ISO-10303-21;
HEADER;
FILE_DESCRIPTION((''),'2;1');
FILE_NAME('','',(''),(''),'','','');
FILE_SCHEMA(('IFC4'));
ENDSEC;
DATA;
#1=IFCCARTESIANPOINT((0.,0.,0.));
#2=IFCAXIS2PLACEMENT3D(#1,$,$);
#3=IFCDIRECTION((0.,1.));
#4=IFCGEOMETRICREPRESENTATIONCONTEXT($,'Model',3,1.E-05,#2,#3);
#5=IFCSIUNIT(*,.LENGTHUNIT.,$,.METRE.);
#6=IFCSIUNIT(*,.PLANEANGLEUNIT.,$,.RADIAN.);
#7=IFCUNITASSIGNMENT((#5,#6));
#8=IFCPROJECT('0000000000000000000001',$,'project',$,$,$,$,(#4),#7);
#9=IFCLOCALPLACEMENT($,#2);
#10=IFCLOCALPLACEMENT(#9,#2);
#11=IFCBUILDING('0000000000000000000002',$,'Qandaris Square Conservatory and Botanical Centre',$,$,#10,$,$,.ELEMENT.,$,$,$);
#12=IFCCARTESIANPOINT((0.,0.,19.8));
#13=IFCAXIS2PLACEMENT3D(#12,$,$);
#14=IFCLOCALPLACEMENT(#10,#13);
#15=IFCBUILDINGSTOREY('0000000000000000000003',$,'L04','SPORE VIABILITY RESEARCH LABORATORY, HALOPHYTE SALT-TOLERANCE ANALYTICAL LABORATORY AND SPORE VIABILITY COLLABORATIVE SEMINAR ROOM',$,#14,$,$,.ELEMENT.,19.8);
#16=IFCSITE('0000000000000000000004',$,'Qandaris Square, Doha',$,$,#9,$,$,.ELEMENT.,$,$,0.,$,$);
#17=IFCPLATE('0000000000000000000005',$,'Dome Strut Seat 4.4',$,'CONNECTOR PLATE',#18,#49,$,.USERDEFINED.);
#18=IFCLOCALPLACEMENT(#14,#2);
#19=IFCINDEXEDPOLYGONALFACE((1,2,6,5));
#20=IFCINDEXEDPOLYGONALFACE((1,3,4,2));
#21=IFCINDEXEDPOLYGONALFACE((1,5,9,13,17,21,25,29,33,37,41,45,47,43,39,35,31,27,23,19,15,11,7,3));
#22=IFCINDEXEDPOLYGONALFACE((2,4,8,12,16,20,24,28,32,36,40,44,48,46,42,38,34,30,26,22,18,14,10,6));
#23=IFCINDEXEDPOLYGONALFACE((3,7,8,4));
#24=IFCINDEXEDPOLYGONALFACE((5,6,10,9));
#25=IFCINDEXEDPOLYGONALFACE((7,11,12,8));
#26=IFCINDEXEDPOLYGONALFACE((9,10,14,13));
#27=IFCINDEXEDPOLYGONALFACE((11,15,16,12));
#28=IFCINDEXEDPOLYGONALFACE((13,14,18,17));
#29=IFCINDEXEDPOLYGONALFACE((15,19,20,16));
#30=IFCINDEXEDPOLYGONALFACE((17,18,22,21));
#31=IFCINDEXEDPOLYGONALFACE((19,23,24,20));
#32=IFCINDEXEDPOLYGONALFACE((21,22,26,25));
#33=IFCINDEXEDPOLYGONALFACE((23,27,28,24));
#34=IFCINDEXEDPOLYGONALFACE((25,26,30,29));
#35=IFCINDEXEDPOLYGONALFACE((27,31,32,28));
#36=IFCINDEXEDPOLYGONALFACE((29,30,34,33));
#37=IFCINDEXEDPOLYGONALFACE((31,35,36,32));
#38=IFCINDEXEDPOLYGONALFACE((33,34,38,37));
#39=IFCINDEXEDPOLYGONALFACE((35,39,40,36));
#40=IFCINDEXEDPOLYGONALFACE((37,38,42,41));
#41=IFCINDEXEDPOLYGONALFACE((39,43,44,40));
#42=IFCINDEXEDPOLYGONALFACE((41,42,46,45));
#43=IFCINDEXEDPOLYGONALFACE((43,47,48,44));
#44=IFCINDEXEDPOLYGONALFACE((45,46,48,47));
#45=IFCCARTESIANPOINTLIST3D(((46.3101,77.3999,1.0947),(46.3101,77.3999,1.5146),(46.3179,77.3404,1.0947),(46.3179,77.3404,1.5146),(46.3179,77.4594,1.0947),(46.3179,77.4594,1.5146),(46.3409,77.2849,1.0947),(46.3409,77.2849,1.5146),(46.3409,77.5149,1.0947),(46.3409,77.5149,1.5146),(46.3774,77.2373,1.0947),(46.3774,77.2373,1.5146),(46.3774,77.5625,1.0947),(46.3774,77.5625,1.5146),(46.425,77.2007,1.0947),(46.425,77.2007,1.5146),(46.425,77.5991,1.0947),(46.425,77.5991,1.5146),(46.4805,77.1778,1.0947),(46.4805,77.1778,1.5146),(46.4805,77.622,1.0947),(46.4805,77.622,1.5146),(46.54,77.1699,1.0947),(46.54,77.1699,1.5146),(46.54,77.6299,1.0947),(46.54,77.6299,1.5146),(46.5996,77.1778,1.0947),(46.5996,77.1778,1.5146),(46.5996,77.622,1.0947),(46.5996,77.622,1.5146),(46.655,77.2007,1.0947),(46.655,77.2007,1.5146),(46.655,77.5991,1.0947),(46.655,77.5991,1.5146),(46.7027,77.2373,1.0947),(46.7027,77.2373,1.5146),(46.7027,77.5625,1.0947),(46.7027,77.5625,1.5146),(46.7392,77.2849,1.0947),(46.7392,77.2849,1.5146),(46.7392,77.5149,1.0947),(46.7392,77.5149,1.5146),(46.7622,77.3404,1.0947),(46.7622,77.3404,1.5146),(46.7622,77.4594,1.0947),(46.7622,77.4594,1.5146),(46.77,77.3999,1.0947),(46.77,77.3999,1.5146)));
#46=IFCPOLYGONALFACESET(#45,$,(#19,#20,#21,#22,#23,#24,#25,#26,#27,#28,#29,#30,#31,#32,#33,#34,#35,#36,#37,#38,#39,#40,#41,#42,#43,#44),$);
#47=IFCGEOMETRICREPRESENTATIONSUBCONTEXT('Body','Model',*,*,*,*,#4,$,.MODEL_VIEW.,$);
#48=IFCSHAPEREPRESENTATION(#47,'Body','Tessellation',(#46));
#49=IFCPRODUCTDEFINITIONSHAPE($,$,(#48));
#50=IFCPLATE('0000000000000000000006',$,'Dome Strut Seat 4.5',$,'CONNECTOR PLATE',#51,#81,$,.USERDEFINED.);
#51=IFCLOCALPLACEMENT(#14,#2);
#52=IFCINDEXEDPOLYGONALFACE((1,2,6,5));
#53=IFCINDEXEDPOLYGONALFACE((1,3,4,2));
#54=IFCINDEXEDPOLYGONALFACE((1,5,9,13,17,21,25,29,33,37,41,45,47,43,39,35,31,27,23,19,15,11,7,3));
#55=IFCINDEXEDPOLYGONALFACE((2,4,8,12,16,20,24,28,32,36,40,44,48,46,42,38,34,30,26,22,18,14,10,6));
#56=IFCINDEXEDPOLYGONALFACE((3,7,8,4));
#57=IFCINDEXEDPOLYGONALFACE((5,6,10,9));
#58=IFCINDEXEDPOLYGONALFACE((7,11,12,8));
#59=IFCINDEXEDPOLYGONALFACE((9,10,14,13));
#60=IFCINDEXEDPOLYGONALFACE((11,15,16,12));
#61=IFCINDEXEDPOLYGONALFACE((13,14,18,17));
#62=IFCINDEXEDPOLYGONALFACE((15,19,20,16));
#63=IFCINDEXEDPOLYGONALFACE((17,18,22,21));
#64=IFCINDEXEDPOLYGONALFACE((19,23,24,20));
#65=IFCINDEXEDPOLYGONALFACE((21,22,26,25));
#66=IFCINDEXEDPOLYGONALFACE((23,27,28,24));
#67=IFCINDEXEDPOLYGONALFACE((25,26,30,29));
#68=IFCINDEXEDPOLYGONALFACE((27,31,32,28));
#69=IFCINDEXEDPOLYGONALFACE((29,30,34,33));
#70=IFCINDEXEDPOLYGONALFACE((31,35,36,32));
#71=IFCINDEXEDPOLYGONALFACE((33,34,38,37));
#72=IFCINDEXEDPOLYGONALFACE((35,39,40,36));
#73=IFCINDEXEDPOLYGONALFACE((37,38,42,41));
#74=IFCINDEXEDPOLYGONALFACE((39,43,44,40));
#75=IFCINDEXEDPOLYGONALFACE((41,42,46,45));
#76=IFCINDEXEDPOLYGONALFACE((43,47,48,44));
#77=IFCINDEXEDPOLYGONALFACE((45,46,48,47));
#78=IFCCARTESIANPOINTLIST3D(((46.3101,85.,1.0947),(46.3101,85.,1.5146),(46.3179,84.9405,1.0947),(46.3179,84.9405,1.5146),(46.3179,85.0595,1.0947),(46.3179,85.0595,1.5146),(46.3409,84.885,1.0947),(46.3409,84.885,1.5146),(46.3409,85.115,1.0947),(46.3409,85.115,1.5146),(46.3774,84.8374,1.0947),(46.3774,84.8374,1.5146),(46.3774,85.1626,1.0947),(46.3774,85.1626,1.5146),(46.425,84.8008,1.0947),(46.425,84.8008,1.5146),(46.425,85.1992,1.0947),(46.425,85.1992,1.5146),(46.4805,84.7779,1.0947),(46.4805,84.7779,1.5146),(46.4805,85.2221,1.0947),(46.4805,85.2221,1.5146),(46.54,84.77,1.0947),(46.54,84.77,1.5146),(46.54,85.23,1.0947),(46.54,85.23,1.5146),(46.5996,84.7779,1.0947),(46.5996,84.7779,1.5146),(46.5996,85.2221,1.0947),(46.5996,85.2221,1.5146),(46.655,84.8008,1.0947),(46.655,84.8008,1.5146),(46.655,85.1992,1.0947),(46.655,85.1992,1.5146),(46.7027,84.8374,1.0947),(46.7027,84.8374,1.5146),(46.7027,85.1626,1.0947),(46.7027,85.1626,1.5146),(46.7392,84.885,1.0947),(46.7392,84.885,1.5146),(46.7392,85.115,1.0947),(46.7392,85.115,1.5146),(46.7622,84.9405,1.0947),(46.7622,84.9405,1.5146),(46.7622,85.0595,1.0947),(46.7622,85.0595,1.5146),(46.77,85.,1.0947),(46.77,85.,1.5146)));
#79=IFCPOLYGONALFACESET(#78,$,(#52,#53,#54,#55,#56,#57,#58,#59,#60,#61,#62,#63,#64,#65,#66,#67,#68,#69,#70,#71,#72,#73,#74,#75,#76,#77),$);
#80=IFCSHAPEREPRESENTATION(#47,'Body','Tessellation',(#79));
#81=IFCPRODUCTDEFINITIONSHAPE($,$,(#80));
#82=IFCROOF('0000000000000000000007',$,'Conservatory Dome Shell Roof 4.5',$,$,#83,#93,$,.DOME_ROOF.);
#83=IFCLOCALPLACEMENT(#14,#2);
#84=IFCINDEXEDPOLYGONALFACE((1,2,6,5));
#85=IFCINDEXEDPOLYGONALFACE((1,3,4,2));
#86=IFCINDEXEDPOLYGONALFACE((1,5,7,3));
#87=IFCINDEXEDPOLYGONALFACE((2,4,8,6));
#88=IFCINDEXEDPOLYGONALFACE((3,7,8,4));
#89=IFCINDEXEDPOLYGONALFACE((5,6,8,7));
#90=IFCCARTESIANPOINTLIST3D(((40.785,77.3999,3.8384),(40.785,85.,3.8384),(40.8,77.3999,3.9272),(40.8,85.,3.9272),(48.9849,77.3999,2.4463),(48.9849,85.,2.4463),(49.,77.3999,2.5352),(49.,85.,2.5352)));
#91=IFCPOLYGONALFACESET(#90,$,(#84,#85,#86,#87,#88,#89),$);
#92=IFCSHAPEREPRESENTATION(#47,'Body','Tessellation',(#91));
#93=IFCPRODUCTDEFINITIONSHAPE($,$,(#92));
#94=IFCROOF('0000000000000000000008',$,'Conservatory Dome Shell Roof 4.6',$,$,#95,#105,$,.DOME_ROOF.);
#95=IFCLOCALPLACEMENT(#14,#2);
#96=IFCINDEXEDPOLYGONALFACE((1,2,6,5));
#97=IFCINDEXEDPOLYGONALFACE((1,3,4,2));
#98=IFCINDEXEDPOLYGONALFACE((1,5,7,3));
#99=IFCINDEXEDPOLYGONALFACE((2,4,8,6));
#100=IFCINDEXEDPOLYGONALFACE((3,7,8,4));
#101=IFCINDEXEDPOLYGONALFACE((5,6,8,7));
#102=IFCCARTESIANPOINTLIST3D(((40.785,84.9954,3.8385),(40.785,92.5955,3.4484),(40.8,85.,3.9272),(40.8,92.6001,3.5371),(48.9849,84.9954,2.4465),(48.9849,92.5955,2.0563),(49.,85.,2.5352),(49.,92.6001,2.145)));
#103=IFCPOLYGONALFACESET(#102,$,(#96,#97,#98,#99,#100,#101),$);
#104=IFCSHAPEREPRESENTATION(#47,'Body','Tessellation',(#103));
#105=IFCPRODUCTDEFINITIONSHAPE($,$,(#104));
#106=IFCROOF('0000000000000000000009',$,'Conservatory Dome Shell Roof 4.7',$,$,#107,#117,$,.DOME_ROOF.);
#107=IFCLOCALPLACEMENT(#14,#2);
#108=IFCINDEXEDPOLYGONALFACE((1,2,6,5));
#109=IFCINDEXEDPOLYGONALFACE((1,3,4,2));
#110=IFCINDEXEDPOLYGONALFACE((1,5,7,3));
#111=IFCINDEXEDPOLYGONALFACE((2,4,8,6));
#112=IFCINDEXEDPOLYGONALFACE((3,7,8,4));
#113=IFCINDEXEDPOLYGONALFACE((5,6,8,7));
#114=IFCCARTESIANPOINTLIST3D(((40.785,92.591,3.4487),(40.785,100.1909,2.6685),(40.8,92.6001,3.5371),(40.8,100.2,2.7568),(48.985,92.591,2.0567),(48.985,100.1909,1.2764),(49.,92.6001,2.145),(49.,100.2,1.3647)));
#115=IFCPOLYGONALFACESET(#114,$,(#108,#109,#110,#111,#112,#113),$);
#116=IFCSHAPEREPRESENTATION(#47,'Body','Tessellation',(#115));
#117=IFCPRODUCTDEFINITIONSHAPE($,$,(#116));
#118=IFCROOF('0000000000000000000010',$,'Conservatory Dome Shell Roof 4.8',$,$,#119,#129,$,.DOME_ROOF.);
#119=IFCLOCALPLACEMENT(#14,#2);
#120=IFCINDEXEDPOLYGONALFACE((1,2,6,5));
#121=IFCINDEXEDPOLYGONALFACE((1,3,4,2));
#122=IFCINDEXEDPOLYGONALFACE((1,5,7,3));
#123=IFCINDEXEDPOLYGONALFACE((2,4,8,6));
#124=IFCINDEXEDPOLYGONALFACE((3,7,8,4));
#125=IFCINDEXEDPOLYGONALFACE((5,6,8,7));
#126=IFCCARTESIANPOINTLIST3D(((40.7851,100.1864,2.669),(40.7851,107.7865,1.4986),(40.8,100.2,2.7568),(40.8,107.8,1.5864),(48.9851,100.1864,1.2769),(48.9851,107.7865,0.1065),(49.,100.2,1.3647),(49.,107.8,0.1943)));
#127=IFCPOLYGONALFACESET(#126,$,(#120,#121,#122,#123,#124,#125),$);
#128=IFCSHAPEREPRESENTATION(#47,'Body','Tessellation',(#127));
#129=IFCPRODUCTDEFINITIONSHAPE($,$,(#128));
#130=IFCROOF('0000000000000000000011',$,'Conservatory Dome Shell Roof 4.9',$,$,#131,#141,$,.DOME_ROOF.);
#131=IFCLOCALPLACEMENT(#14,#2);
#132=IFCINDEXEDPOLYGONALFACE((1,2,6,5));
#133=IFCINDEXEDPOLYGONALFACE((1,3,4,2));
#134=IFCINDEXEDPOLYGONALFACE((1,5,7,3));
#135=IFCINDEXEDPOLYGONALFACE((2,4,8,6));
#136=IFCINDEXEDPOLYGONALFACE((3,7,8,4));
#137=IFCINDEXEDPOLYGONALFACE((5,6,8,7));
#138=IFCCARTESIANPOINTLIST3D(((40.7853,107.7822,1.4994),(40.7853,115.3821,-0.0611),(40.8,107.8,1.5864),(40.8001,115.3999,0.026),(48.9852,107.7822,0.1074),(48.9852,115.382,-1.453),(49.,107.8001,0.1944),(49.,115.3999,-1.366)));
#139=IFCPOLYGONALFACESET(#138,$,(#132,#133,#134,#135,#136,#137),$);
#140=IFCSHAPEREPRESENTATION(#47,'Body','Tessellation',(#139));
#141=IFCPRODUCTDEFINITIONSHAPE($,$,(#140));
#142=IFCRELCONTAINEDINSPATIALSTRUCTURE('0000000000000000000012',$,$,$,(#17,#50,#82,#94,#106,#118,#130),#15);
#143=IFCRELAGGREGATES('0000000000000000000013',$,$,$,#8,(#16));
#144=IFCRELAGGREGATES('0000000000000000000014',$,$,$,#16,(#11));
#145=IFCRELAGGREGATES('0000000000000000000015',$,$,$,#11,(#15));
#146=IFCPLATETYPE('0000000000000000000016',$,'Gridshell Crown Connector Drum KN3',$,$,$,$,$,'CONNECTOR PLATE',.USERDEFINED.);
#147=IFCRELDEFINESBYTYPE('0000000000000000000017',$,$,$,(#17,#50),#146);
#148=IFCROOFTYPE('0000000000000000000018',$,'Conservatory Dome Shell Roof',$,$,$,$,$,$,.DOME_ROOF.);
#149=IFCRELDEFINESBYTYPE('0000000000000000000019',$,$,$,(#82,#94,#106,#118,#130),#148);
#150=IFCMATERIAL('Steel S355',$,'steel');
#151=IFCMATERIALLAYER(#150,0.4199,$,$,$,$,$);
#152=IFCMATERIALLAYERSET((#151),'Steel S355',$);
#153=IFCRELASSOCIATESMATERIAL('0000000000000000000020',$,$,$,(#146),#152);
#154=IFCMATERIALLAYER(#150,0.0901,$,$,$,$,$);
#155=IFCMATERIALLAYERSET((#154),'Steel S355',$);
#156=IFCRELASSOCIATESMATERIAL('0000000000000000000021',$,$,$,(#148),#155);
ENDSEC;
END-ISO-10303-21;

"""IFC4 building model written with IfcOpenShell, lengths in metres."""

from ifc_helpers import new_model, si_unit, direction, frame, origin, origin_2d, place, context, subcontext, project, spatial, polyline, circle, outline, extrude, material, layer, layer_set, type_object, element, save


model = new_model("IFC4")

# Units and contexts
model_context = context("Model", 3, precision=1e-05, world=origin(), true_north=direction((0.0, 1.0)))
body_context = subcontext(model_context, "Body", "Model", "MODEL_VIEW")
ifc_project = project(units=[si_unit("LENGTHUNIT", "METRE"), si_unit("PLANEANGLEUNIT", "RADIAN")], contexts=[model_context])

# Site, building, storey
site_placement = place(None, origin())
site = spatial("IfcSite", under=ifc_project, at=site_placement, Name="Qandaris Square, Doha", CompositionType="ELEMENT", RefElevation=0.0)
building_placement = place(site_placement, origin())
building = spatial("IfcBuilding", under=site, at=building_placement, Name="Qandaris Square Conservatory and Botanical Centre", CompositionType="ELEMENT")
storey_placement = place(building_placement, frame((0.0, 0.0, 19.8)))
storey = spatial("IfcBuildingStorey", under=building, at=storey_placement, Name="L04", Description="SPORE VIABILITY RESEARCH LABORATORY, HALOPHYTE SALT-TOLERANCE ANALYTICAL LABORATORY AND SPORE VIABILITY COLLABORATIVE SEMINAR ROOM", CompositionType="ELEMENT", Elevation=19.8)

# Shared definitions
ifc_material = material(Name="Steel S355", Category="steel")

# Plates
ifc_layer_1 = layer(ifc_material, 0.4199)
ifc_layer_set_1 = layer_set([ifc_layer_1], Name="Steel S355")
plate_type = type_object("IfcPlateType", Name="Gridshell Crown Connector Drum KN3", ElementType="CONNECTOR PLATE", PredefinedType="USERDEFINED", material=ifc_layer_set_1)
for number, where, z_axis, x_axis, name in (
    (1, (46.54, 77.3999, 1.0947), (0.0, 0.0, 1.0), (1.0, 0.0, 0.0), "Dome Strut Seat 4.4"),
    (2, (46.54, 85.0, 1.0947), (0.0, 0.0, 1.0), (1.0, 0.0, 0.0), "Dome Strut Seat 4.5"),
):
    element("IfcPlate", number, at=place(storey_placement, frame(where, z_axis=z_axis, x_axis=x_axis)), inside=storey, type_object=plate_type, Name=name, ObjectType="CONNECTOR PLATE", PredefinedType="USERDEFINED", context=body_context, shape_type="SweptSolid", body=[
        extrude(circle(Radius=0.23, at=origin_2d()), origin(), (0.0, 0.0, 1.0), 0.4199),
    ])

# Roofs
ifc_layer_2 = layer(ifc_material, 0.0901)
ifc_layer_set_2 = layer_set([ifc_layer_2], Name="Steel S355")
roof_type = type_object("IfcRoofType", Name="Conservatory Dome Shell Roof", PredefinedType="DOME_ROOF", material=ifc_layer_set_2)
roof_1_placement = place(storey_placement, frame((40.8, 77.3999, 3.9272), z_axis=(0.167373, 0.0, 0.985894), x_axis=(0.985894, 0.0, -0.167373)))
element("IfcRoof", 3, at=roof_1_placement, inside=storey, type_object=roof_type, Name="Conservatory Dome Shell Roof 4.5", PredefinedType="DOME_ROOF", context=body_context, shape_type="SweptSolid", body=[
    extrude(outline(polyline([(0.0, 0.0), (8.3173, 0.0), (8.3173, 7.6001), (0.0, 7.6001), (0.0, 0.0)])), origin(), (0.0, 0.0, -1.0), 0.0901),
])
roof_2_placement = place(storey_placement, frame((40.8, 85.0, 3.9272), z_axis=(0.167159, 0.050544, 0.984633), x_axis=(0.985894, 0.0, -0.167373)))
element("IfcRoof", 4, at=roof_2_placement, inside=storey, type_object=roof_type, Name="Conservatory Dome Shell Roof 4.6", PredefinedType="DOME_ROOF", context=body_context, shape_type="SweptSolid", body=[
    extrude(outline(polyline([(0.0, 0.0), (8.3173, 0.0), (8.3826, 7.6098), (0.0653, 7.6098), (0.0, 0.0)])), origin(), (0.0, 0.0, -1.0), 0.0901),
])
roof_3_placement = place(storey_placement, frame((40.8, 92.6001, 3.5371), z_axis=(0.166522, 0.100707, 0.980881), x_axis=(0.985894, 0.0, -0.167373)))
element("IfcRoof", 5, at=roof_3_placement, inside=storey, type_object=roof_type, Name="Conservatory Dome Shell Roof 4.7", PredefinedType="DOME_ROOF", context=body_context, shape_type="SweptSolid", body=[
    extrude(outline(polyline([(0.0, 0.0), (8.3173, 0.0), (8.4479, 7.6387), (0.1306, 7.6387), (0.0, 0.0)])), origin(), (0.0, 0.0, -1.0), 0.0901),
])
roof_4_placement = place(storey_placement, frame((40.8, 100.2, 2.7568), z_axis=(0.165477, 0.150107, 0.974723), x_axis=(0.985894, 0.0, -0.167373)))
element("IfcRoof", 6, at=roof_4_placement, inside=storey, type_object=roof_type, Name="Conservatory Dome Shell Roof 4.8", PredefinedType="DOME_ROOF", context=body_context, shape_type="SweptSolid", body=[
    extrude(outline(polyline([(0.0, 0.0), (8.3173, 0.0), (8.5132, 7.6872), (0.1959, 7.6872), (0.0, 0.0)])), origin(), (0.0, 0.0, -1.0), 0.0901),
])
roof_5_placement = place(storey_placement, frame((40.8, 107.8, 1.5864), z_axis=(0.164032, 0.198403, 0.966297), x_axis=(0.985896, 0.000003, -0.16736)))
element("IfcRoof", 7, at=roof_5_placement, inside=storey, type_object=roof_type, Name="Conservatory Dome Shell Roof 4.9", PredefinedType="DOME_ROOF", context=body_context, shape_type="SweptSolid", body=[
    extrude(outline(polyline([(0.0, 0.0), (8.3173, 0.0), (8.5784, 7.754), (0.2612, 7.754), (0.0, 0.0)])), origin(), (0.0, 0.0, -1.0), 0.0901),
])

save(model, "model.ifc")
